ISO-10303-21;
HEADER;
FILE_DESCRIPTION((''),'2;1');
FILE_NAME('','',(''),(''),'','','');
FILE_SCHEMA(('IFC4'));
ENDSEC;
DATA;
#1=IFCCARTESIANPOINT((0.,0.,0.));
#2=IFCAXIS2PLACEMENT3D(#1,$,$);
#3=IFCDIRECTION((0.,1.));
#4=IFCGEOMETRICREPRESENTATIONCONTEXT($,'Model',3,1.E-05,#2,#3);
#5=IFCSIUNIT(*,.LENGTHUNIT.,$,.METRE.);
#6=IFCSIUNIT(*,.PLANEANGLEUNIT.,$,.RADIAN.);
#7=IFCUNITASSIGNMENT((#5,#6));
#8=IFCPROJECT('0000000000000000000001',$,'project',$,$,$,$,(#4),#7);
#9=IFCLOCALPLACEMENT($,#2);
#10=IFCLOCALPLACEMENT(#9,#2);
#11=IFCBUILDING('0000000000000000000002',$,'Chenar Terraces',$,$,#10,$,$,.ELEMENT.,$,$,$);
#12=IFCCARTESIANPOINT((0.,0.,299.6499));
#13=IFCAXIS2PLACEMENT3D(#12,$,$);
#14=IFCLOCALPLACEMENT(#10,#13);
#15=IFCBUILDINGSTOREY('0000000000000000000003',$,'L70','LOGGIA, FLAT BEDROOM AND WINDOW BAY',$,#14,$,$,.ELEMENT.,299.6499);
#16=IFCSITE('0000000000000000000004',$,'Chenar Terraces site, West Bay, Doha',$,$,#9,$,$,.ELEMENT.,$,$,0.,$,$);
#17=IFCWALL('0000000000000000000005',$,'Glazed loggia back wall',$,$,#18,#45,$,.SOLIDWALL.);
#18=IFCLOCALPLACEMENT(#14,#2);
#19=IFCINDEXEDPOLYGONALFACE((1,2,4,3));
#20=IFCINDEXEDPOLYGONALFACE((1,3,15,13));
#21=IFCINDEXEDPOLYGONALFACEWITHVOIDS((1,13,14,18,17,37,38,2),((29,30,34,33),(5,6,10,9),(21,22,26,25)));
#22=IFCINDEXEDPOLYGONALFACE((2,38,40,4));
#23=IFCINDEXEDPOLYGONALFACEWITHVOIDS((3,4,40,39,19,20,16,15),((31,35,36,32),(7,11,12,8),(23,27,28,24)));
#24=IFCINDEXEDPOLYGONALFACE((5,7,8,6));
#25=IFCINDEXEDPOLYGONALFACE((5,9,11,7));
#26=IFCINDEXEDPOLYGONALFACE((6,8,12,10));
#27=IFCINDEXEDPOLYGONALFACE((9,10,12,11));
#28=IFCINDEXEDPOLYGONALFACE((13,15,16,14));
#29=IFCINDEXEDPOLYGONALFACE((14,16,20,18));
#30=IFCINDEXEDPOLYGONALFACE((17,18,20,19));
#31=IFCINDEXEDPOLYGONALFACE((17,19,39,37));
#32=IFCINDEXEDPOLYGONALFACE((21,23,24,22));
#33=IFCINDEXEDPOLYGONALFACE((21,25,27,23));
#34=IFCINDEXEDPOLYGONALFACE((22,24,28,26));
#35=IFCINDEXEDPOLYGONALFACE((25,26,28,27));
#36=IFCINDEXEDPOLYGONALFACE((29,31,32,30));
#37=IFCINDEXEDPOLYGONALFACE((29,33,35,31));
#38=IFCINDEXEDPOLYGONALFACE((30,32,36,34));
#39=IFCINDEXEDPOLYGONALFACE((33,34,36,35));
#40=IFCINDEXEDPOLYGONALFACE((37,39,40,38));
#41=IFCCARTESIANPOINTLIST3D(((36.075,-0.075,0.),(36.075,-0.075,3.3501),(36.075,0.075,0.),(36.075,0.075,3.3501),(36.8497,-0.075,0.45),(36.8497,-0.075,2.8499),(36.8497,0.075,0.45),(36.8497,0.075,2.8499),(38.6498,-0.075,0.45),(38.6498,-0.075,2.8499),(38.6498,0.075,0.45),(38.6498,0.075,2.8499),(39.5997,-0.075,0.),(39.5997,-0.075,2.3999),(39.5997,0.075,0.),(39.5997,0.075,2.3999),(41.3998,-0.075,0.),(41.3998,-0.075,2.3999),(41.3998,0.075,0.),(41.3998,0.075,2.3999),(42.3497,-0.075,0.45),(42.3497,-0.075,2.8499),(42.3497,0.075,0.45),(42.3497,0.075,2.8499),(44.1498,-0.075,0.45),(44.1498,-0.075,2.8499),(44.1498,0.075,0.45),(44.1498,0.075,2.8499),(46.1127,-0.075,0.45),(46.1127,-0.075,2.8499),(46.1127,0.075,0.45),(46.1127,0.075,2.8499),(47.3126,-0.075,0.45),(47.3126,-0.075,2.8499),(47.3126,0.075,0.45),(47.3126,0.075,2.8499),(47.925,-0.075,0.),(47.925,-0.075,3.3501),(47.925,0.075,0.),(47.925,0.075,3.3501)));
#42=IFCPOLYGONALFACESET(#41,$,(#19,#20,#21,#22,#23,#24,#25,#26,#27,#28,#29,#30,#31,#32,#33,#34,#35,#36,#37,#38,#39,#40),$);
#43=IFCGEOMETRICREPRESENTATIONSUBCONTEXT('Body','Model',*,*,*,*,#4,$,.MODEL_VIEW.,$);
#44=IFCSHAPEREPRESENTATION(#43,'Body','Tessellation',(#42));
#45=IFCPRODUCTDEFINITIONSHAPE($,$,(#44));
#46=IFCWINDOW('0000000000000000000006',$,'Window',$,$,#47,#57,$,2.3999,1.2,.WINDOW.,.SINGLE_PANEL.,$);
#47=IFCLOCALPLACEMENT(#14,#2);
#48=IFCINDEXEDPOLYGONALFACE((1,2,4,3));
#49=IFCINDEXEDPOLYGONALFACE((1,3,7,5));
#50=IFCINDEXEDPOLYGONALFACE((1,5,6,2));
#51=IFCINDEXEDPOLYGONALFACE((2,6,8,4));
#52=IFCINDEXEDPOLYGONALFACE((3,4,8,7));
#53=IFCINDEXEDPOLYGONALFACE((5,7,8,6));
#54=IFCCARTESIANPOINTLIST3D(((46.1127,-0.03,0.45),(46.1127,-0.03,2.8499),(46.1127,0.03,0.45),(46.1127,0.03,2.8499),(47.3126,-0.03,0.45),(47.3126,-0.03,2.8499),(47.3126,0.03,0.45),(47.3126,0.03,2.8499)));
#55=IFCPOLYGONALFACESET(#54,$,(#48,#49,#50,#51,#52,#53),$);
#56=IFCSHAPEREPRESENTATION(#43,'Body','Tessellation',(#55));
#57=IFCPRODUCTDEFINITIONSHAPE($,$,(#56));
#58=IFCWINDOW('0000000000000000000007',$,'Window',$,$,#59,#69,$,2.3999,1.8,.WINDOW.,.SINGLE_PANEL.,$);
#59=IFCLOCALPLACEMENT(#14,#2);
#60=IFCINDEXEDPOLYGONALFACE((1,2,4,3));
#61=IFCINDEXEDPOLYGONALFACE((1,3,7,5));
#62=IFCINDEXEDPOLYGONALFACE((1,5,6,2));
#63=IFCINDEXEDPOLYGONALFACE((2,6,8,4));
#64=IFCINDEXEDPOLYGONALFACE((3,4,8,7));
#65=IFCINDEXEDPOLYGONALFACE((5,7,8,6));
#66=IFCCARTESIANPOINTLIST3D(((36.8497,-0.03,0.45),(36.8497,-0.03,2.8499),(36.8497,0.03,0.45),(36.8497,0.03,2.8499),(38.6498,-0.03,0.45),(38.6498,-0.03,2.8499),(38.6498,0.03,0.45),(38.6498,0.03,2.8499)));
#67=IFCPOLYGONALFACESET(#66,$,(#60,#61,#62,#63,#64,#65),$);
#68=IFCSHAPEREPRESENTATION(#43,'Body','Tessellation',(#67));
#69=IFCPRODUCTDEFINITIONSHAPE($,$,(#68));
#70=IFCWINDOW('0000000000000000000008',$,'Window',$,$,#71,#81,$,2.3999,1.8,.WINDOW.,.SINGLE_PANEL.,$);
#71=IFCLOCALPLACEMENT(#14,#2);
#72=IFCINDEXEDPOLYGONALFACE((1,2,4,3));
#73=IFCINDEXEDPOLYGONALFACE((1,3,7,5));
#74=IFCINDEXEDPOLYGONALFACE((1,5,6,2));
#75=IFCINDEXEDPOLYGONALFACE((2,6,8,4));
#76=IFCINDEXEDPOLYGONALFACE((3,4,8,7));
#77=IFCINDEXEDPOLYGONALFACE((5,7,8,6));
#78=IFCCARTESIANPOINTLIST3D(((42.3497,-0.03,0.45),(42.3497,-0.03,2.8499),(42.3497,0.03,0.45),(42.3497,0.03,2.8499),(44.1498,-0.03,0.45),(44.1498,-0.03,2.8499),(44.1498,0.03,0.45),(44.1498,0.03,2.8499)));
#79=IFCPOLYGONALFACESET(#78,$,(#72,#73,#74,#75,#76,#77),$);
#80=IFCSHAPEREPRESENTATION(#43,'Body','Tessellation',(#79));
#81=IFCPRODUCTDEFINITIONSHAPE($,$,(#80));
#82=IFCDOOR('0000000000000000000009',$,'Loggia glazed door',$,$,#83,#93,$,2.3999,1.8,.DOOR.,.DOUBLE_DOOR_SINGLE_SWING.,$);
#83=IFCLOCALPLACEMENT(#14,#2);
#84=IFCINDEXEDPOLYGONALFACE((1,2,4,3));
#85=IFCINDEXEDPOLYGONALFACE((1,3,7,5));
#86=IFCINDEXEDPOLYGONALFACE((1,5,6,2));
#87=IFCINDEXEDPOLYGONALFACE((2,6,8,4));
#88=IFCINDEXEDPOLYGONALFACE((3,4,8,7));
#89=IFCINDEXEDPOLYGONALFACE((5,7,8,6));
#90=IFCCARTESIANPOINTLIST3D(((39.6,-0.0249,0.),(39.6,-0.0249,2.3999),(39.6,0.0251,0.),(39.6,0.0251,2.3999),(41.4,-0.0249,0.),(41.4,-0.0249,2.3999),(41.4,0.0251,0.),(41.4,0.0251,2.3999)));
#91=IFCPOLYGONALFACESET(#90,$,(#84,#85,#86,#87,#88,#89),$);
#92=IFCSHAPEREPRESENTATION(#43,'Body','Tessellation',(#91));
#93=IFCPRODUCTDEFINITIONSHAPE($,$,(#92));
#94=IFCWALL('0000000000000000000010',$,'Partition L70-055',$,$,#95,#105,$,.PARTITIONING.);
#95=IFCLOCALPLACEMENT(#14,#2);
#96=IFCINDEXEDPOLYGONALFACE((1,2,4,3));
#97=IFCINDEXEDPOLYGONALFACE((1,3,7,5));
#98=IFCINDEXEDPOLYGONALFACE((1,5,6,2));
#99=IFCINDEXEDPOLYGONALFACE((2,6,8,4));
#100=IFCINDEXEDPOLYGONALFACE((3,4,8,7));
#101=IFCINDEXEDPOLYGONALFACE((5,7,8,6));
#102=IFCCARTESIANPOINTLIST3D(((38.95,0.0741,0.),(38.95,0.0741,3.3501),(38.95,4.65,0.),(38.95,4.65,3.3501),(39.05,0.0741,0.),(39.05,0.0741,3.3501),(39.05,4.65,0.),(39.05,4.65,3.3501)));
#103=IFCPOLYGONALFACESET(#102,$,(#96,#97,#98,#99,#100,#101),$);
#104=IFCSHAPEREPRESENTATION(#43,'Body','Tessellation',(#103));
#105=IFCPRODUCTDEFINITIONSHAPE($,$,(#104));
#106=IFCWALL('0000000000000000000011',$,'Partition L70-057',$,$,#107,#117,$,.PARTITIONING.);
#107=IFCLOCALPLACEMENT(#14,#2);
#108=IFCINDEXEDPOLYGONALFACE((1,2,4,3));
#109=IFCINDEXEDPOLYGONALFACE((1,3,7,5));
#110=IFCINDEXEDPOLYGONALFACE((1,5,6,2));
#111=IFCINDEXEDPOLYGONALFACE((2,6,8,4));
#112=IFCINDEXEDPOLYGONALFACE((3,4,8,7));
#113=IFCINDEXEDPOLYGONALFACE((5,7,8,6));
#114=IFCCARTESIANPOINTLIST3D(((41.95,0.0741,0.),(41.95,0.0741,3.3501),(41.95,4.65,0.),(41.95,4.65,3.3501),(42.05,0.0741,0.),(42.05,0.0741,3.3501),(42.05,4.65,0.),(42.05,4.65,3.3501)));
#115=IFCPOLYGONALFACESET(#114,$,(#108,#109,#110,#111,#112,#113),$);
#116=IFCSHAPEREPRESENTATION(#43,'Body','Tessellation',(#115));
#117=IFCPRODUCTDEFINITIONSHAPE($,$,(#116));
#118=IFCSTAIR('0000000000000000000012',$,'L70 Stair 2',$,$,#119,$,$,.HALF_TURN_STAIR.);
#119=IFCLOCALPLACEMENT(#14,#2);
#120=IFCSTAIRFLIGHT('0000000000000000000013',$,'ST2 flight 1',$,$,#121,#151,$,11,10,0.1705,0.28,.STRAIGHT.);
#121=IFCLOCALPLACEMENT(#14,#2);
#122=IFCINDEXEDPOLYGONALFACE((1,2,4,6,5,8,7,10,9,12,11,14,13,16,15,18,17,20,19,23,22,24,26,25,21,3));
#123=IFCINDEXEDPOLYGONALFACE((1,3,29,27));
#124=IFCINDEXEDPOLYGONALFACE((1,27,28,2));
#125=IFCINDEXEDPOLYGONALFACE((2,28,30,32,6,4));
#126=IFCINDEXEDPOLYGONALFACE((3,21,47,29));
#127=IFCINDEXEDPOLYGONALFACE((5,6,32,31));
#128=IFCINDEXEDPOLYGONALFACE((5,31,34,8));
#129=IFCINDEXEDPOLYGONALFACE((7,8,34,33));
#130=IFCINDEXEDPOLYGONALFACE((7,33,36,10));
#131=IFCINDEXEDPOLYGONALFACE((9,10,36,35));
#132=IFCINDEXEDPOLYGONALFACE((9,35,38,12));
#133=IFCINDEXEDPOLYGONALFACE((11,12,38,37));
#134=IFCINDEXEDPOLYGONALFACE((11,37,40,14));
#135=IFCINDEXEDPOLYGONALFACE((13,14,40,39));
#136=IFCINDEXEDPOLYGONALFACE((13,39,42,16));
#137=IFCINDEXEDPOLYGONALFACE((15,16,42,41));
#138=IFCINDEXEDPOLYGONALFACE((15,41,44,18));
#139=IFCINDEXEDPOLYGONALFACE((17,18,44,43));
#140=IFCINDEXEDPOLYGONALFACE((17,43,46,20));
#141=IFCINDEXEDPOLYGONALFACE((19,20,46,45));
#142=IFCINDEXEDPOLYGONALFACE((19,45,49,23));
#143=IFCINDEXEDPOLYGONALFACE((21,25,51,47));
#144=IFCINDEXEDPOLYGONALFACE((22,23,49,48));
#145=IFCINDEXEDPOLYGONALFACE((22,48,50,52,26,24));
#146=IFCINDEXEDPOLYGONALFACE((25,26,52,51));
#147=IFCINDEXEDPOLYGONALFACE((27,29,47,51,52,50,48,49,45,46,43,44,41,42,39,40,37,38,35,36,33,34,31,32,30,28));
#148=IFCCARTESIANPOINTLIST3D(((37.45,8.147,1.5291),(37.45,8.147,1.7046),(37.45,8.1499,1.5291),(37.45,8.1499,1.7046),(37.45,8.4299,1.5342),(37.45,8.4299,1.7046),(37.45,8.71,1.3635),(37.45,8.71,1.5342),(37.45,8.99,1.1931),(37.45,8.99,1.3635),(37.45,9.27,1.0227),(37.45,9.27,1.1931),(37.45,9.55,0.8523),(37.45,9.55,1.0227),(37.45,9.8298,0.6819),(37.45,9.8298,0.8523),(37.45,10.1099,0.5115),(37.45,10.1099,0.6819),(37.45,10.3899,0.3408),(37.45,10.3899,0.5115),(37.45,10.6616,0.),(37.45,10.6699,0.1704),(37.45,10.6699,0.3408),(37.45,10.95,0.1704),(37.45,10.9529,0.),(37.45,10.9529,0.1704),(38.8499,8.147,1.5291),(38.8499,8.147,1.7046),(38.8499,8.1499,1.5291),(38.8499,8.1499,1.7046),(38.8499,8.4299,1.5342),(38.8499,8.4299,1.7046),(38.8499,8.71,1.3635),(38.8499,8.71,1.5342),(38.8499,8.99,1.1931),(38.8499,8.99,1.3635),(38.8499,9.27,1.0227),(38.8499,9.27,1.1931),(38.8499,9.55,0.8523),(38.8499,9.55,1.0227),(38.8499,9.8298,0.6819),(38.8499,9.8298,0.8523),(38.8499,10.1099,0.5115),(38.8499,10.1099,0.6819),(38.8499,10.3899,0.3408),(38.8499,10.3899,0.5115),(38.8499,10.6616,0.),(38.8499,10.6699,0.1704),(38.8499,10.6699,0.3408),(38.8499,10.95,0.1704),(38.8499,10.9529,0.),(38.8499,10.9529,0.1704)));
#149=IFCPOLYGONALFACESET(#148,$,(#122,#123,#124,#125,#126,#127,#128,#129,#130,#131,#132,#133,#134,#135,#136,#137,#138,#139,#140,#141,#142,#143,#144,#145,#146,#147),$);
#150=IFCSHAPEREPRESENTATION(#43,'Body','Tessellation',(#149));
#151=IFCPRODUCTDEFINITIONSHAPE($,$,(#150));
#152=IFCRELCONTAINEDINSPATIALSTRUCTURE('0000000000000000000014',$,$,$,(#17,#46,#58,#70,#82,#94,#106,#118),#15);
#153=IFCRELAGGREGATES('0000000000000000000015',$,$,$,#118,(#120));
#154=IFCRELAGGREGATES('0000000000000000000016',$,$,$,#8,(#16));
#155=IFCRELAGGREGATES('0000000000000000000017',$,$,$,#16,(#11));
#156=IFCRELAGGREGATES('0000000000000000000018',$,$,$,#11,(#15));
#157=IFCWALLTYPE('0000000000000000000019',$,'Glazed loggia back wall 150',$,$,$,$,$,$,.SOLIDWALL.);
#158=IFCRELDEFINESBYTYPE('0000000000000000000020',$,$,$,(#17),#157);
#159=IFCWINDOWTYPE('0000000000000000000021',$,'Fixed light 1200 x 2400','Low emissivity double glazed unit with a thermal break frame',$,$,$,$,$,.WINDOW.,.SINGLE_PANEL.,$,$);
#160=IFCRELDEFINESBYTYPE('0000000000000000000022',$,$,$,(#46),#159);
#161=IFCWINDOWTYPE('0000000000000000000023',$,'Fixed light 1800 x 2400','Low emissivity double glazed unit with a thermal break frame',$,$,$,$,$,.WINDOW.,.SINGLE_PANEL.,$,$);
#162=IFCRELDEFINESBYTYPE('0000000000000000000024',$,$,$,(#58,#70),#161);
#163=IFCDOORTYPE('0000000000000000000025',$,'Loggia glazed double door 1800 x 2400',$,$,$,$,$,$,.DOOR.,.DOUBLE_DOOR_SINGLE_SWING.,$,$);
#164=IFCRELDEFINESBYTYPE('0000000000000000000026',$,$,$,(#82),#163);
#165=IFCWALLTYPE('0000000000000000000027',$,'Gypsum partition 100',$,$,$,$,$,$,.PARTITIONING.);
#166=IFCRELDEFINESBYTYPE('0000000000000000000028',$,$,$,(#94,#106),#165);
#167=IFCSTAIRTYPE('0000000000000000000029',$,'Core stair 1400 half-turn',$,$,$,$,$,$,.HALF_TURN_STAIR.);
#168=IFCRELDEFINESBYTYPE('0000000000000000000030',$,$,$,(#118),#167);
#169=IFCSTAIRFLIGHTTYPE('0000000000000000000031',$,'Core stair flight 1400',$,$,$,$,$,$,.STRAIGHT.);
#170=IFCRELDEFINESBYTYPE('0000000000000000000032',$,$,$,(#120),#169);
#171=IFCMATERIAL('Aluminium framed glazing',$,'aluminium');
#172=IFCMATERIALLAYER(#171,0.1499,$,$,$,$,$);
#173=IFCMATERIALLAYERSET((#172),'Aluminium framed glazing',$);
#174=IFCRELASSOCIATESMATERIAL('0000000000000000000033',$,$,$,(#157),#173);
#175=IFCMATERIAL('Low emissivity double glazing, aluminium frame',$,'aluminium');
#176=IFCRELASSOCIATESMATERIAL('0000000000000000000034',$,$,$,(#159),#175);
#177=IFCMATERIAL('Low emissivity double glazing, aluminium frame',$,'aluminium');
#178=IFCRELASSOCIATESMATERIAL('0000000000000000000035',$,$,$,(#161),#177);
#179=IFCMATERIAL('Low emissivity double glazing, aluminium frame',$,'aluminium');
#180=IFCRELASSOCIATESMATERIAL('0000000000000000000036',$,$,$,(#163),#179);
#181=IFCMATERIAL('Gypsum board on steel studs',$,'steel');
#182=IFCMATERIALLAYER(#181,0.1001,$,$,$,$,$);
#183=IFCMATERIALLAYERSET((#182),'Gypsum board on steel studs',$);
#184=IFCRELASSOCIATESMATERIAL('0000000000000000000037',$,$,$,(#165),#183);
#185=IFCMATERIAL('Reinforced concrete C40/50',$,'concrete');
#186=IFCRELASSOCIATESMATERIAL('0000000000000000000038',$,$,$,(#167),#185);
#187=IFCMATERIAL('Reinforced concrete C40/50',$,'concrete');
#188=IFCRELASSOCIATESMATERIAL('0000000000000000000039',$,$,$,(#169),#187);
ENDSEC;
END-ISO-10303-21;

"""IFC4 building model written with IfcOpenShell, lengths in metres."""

from ifc_helpers import new_model, si_unit, direction, frame, frame_2d, origin, place, context, subcontext, project, spatial, polyline, rectangle, outline, extrude, material, layer, layer_set, type_object, element, fill, aggregate, save


model = new_model("IFC4")

# Units and contexts
model_context = context("Model", 3, precision=1e-05, world=origin(), true_north=direction((0.0, 1.0)))
body_context = subcontext(model_context, "Body", "Model", "MODEL_VIEW")
ifc_project = project(units=[si_unit("LENGTHUNIT", "METRE"), si_unit("PLANEANGLEUNIT", "RADIAN")], contexts=[model_context])

# Site, building, storey
site_placement = place(None, origin())
site = spatial("IfcSite", under=ifc_project, at=site_placement, Name="Chenar Terraces site, West Bay, Doha", CompositionType="ELEMENT", RefElevation=0.0)
building_placement = place(site_placement, origin())
building = spatial("IfcBuilding", under=site, at=building_placement, Name="Chenar Terraces", CompositionType="ELEMENT")
storey_placement = place(building_placement, frame((0.0, 0.0, 299.6499)))
storey = spatial("IfcBuildingStorey", under=building, at=storey_placement, Name="L70", Description="LOGGIA, FLAT BEDROOM AND WINDOW BAY", CompositionType="ELEMENT", Elevation=299.6499)

# Wall, openings, windows, door
ifc_material_1 = material(Name="Aluminium framed glazing", Category="aluminium")
ifc_layer_1 = layer(ifc_material_1, 0.1499)
ifc_layer_set_1 = layer_set([ifc_layer_1], Name="Aluminium framed glazing")
wall_type_1 = type_object("IfcWallType", Name="Glazed loggia back wall 150", PredefinedType="SOLIDWALL", material=ifc_layer_set_1)
wall_1_placement = place(storey_placement, frame((36.075, 0.0, 0.0), z_axis=(0.0, 0.0, 1.0), x_axis=(1.0, 0.0, 0.0)))
wall_1 = element("IfcWall", 1, at=wall_1_placement, inside=storey, type_object=wall_type_1, Name="Glazed loggia back wall", PredefinedType="SOLIDWALL", context=body_context, shape_type="SweptSolid", body=[
    extrude(rectangle(XDim=11.8501, YDim=0.1499, at=frame_2d((5.925, 0.0))), origin(), (0.0, 0.0, 1.0), 3.3501),
])
opening_1_placement = place(wall_1_placement, frame((0.7749, 0.0, 0.45)))
opening_1 = element("IfcOpeningElement", 2, at=opening_1_placement, cuts=wall_1, PredefinedType="OPENING", context=body_context, shape_type="SweptSolid", body=[
    extrude(rectangle(XDim=1.8, YDim=2.3999, at=frame_2d((0.8999, 1.2))), frame((0.0, 0.085, 0.0), z_axis=(0.0, -1.0, 0.0), x_axis=(1.0, 0.0, 0.0)), (0.0, 0.0, 1.0), 0.1699),
])
opening_2_placement = place(wall_1_placement, frame((3.5249, 0.0, 0.0)))
opening_2 = element("IfcOpeningElement", 3, at=opening_2_placement, cuts=wall_1, PredefinedType="OPENING", context=body_context, shape_type="SweptSolid", body=[
    extrude(rectangle(XDim=1.8, YDim=2.3999, at=frame_2d((0.8999, 1.2))), frame((0.0, 0.085, 0.0), z_axis=(0.0, -1.0, 0.0), x_axis=(1.0, 0.0, 0.0)), (0.0, 0.0, 1.0), 0.1699),
])
opening_3_placement = place(wall_1_placement, frame((6.2749, 0.0, 0.45)))
opening_3 = element("IfcOpeningElement", 4, at=opening_3_placement, cuts=wall_1, PredefinedType="OPENING", context=body_context, shape_type="SweptSolid", body=[
    extrude(rectangle(XDim=1.8, YDim=2.3999, at=frame_2d((0.8999, 1.2))), frame((0.0, 0.085, 0.0), z_axis=(0.0, -1.0, 0.0), x_axis=(1.0, 0.0, 0.0)), (0.0, 0.0, 1.0), 0.1699),
])
opening_4_placement = place(wall_1_placement, frame((10.0376, 0.0, 0.45)))
opening_4 = element("IfcOpeningElement", 5, at=opening_4_placement, cuts=wall_1, PredefinedType="OPENING", context=body_context, shape_type="SweptSolid", body=[
    extrude(rectangle(XDim=1.2, YDim=2.3999, at=frame_2d((0.6001, 1.2))), frame((0.0, 0.085, 0.0), z_axis=(0.0, -1.0, 0.0), x_axis=(1.0, 0.0, 0.0)), (0.0, 0.0, 1.0), 0.1699),
])
ifc_material_2 = material(Name="Low emissivity double glazing, aluminium frame", Category="aluminium")
window_type_1 = type_object("IfcWindowType", Name="Fixed light 1200 x 2400", Description="Low emissivity double glazed unit with a thermal break frame", PartitioningType="SINGLE_PANEL", PredefinedType="WINDOW", material=ifc_material_2)
window_1_placement = place(opening_4_placement, origin())
window_1 = element("IfcWindow", 6, at=window_1_placement, inside=storey, type_object=window_type_1, Name="Window", OverallHeight=2.3999, OverallWidth=1.2, PartitioningType="SINGLE_PANEL", PredefinedType="WINDOW", context=body_context, shape_type="SweptSolid", body=[
    extrude(rectangle(XDim=1.2, YDim=2.3999, at=frame_2d((0.6001, 1.2))), frame((0.0, 0.03, 0.0), z_axis=(0.0, -1.0, 0.0), x_axis=(1.0, 0.0, 0.0)), (0.0, 0.0, 1.0), 0.0601),
])
fill(opening_4, window_1)
ifc_material_3 = material(Name="Low emissivity double glazing, aluminium frame", Category="aluminium")
window_type_2 = type_object("IfcWindowType", Name="Fixed light 1800 x 2400", Description="Low emissivity double glazed unit with a thermal break frame", PartitioningType="SINGLE_PANEL", PredefinedType="WINDOW", material=ifc_material_3)
window_2_placement = place(opening_1_placement, origin())
window_2 = element("IfcWindow", 7, at=window_2_placement, inside=storey, type_object=window_type_2, Name="Window", OverallHeight=2.3999, OverallWidth=1.8, PartitioningType="SINGLE_PANEL", PredefinedType="WINDOW", context=body_context, shape_type="SweptSolid", body=[
    extrude(rectangle(XDim=1.8, YDim=2.3999, at=frame_2d((0.8999, 1.2))), frame((0.0, 0.03, 0.0), z_axis=(0.0, -1.0, 0.0), x_axis=(1.0, 0.0, 0.0)), (0.0, 0.0, 1.0), 0.0601),
])
fill(opening_1, window_2)
window_3_placement = place(opening_3_placement, origin())
window_3 = element("IfcWindow", 8, at=window_3_placement, inside=storey, type_object=window_type_2, Name="Window", OverallHeight=2.3999, OverallWidth=1.8, PartitioningType="SINGLE_PANEL", PredefinedType="WINDOW", context=body_context, shape_type="SweptSolid", body=[
    extrude(rectangle(XDim=1.8, YDim=2.3999, at=frame_2d((0.8999, 1.2))), frame((0.0, 0.03, 0.0), z_axis=(0.0, -1.0, 0.0), x_axis=(1.0, 0.0, 0.0)), (0.0, 0.0, 1.0), 0.0601),
])
fill(opening_3, window_3)
ifc_material_4 = material(Name="Low emissivity double glazing, aluminium frame", Category="aluminium")
door_type_1 = type_object("IfcDoorType", Name="Loggia glazed double door 1800 x 2400", OperationType="DOUBLE_DOOR_SINGLE_SWING", PredefinedType="DOOR", material=ifc_material_4)
door_1_placement = place(opening_2_placement, frame((1.8, 0.0, 0.0), z_axis=(0.0, 0.0, 1.0), x_axis=(-1.0, 0.0, 0.0)))
door_1 = element("IfcDoor", 9, at=door_1_placement, inside=storey, type_object=door_type_1, Name="Loggia glazed door", OperationType="DOUBLE_DOOR_SINGLE_SWING", OverallHeight=2.3999, OverallWidth=1.8, PredefinedType="DOOR", context=body_context, shape_type="SweptSolid", body=[
    extrude(rectangle(XDim=1.8, YDim=2.3999, at=frame_2d((0.8999, 1.2))), frame((0.0, 0.0249, 0.0), z_axis=(0.0, -1.0, 0.0), x_axis=(1.0, 0.0, 0.0)), (0.0, 0.0, 1.0), 0.05),
])
fill(opening_2, door_1)

# Walls
ifc_material_5 = material(Name="Gypsum board on steel studs", Category="steel")
ifc_layer_2 = layer(ifc_material_5, 0.1001)
ifc_layer_set_2 = layer_set([ifc_layer_2], Name="Gypsum board on steel studs")
wall_type_2 = type_object("IfcWallType", Name="Gypsum partition 100", PredefinedType="PARTITIONING", material=ifc_layer_set_2)
for number, where, z_axis, x_axis, name in (
    (10, (39.0, 0.074, 0.0), (0.0, 0.0, 1.0), (0.0, 1.0, 0.0), "Partition L70-055"),
    (11, (42.0, 0.074, 0.0), (0.0, 0.0, 1.0), (0.0, 1.0, 0.0), "Partition L70-057"),
):
    element("IfcWall", number, at=place(storey_placement, frame(where, z_axis=z_axis, x_axis=x_axis)), inside=storey, type_object=wall_type_2, Name=name, PredefinedType="PARTITIONING", context=body_context, shape_type="SweptSolid", body=[
        extrude(rectangle(XDim=4.5759, YDim=0.1001, at=frame_2d((2.2881, 0.0))), origin(), (0.0, 0.0, 1.0), 3.3501),
    ])

# Stair, stair flight
ifc_material_6 = material(Name="Reinforced concrete C40/50", Category="concrete")
stair_type = type_object("IfcStairType", Name="Core stair 1400 half-turn", PredefinedType="HALF_TURN_STAIR", material=ifc_material_6)
stair_placement = place(storey_placement, origin())
stair = element("IfcStair", 12, at=stair_placement, inside=storey, type_object=stair_type, Name="L70 Stair 2", PredefinedType="HALF_TURN_STAIR")
ifc_material_7 = material(Name="Reinforced concrete C40/50", Category="concrete")
stair_flight_type = type_object("IfcStairFlightType", Name="Core stair flight 1400", PredefinedType="STRAIGHT", material=ifc_material_7)
stair_flight_1_placement = place(storey_placement, frame((38.1499, 10.95, 0.0), z_axis=(0.0, 0.0, 1.0), x_axis=(0.0, -1.0, 0.0)))
stair_flight_1 = element("IfcStairFlight", 13, at=stair_flight_1_placement, type_object=stair_flight_type, Name="ST2 flight 1", NumberOfRisers=11, NumberOfTreads=10, PredefinedType="STRAIGHT", RiserHeight=0.1705, TreadLength=0.28, context=body_context, shape_type="SweptSolid", body=[
    extrude(outline(polyline([(-0.0029, 0.0), (-0.0029, 0.1704), (0.0, 0.1704), (0.28, 0.1704), (0.28, 0.3408), (0.5601, 0.3408), (0.5601, 0.5115), (0.8401, 0.5115), (0.8401, 0.6819), (1.1201, 0.6819), (1.1201, 0.8523), (1.3999, 0.8523), (1.3999, 1.0227), (1.6799, 1.0227), (1.6799, 1.1931), (1.96, 1.1931), (1.96, 1.3635), (2.24, 1.3635), (2.24, 1.5342), (2.52, 1.5342), (2.52, 1.7046), (2.8, 1.7046), (2.803, 1.7046), (2.803, 1.5291), (2.8, 1.5291), (0.2883, 0.0), (-0.0029, 0.0)])), frame((0.0, 0.7, 0.0), z_axis=(0.0, -1.0, 0.0), x_axis=(1.0, 0.0, 0.0)), (0.0, 0.0, 1.0), 1.3999),
])
aggregate(stair, [stair_flight_1])

save(model, "model.ifc")
